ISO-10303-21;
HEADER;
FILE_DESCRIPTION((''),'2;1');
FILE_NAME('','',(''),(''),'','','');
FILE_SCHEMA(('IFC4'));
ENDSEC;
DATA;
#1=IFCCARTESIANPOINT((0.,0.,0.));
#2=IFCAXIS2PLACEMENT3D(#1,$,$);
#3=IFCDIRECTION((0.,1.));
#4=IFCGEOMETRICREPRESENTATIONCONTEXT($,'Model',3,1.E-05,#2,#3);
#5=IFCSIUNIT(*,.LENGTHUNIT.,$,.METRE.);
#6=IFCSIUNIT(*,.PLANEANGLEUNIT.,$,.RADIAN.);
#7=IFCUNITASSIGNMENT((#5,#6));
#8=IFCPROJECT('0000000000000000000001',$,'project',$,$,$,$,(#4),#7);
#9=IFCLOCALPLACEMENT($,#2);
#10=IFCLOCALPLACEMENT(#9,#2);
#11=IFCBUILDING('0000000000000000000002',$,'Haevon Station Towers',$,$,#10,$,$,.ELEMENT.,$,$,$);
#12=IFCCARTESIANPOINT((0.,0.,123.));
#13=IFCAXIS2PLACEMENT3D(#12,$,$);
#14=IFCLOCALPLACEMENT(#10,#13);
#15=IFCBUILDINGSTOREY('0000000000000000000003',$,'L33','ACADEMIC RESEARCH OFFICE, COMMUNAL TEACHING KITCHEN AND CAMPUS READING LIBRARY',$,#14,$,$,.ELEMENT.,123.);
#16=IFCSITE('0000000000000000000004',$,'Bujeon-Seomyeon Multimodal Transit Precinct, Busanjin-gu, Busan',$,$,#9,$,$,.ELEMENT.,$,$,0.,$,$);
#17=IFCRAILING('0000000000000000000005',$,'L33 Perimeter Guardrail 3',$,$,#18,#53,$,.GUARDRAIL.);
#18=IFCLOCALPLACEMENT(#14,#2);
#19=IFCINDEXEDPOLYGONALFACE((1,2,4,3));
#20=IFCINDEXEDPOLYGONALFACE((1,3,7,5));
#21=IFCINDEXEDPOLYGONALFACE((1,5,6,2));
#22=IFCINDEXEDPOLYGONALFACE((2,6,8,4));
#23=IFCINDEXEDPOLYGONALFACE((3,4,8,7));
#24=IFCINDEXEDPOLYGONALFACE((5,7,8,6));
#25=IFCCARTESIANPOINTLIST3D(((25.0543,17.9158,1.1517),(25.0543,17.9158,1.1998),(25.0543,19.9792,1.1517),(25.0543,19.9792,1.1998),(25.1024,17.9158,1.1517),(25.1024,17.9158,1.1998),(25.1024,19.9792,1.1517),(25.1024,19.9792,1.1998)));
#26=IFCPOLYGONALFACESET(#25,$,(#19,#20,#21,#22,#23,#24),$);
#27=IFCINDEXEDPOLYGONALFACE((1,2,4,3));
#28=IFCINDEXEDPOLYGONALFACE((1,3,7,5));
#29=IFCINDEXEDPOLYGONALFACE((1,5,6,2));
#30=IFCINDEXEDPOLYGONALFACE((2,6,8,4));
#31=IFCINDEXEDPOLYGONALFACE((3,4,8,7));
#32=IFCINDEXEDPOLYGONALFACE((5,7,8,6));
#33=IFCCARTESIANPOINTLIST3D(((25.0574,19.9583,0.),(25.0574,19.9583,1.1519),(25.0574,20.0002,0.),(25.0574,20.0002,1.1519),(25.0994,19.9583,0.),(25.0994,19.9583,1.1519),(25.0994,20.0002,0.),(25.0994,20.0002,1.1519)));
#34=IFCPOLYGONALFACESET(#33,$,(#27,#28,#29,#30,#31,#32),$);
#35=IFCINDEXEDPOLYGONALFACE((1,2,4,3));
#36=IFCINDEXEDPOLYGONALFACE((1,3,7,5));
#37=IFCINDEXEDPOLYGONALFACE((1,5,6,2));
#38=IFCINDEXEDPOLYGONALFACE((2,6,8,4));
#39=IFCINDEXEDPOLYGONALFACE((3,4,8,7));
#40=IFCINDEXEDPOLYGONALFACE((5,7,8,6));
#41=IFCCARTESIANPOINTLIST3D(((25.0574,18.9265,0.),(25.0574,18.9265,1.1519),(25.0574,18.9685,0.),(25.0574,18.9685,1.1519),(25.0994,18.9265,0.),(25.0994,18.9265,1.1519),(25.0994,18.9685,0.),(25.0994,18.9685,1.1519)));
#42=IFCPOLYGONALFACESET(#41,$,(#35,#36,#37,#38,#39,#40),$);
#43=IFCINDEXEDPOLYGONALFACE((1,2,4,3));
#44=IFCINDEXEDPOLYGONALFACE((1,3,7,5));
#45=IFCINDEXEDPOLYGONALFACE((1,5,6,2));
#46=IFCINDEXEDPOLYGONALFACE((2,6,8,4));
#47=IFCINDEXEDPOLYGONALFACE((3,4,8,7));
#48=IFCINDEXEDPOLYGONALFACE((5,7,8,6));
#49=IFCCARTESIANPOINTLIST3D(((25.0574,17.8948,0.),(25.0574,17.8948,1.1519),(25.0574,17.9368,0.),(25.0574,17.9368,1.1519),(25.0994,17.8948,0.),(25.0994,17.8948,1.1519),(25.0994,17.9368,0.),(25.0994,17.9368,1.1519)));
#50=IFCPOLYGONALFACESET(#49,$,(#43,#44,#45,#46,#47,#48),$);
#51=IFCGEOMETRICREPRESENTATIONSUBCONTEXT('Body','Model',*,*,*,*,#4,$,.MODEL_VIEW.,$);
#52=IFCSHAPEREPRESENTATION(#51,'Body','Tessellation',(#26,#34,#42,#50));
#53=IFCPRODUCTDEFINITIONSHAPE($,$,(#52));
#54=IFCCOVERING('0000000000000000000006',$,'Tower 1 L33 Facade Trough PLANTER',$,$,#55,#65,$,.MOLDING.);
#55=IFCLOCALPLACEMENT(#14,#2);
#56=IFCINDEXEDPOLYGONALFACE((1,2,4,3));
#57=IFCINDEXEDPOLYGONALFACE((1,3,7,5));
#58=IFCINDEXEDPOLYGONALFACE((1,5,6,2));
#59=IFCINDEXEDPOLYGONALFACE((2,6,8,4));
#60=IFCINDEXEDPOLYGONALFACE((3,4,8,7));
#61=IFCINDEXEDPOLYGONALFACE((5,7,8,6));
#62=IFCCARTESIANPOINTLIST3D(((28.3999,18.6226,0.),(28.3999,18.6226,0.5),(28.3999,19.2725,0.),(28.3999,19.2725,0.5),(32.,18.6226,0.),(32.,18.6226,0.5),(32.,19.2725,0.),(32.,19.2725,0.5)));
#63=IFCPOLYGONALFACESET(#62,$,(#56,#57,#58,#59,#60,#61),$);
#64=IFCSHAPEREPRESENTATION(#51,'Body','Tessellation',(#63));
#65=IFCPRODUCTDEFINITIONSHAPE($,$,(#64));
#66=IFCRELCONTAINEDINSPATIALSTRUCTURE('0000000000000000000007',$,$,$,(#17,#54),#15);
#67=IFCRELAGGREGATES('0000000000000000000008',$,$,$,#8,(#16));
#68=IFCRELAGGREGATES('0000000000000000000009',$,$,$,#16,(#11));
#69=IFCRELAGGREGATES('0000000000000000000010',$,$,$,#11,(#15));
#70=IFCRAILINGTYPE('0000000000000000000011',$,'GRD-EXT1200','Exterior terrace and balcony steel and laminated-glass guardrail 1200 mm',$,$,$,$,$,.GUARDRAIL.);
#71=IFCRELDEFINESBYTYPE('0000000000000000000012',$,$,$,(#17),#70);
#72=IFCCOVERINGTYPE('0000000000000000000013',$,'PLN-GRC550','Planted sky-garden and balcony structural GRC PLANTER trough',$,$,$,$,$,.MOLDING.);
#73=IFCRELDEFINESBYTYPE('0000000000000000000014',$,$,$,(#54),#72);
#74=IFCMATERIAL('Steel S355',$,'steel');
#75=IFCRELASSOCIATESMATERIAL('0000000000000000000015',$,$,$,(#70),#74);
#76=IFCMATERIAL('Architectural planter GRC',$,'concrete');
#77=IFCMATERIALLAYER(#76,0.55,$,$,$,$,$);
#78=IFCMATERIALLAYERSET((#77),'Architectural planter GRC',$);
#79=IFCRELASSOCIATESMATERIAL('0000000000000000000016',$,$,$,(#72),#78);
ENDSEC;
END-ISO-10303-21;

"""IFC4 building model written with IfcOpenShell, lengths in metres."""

from ifc_helpers import new_model, si_unit, direction, frame, origin, origin_2d, place, context, subcontext, project, spatial, rectangle, extrude, material, layer, layer_set, type_object, element, save


model = new_model("IFC4")

# Units and contexts
model_context = context("Model", 3, precision=1e-05, world=origin(), true_north=direction((0.0, 1.0)))
body_context = subcontext(model_context, "Body", "Model", "MODEL_VIEW")
ifc_project = project(units=[si_unit("LENGTHUNIT", "METRE"), si_unit("PLANEANGLEUNIT", "RADIAN")], contexts=[model_context])

# Site, building, storey
site_placement = place(None, origin())
site = spatial("IfcSite", under=ifc_project, at=site_placement, Name="Bujeon-Seomyeon Multimodal Transit Precinct, Busanjin-gu, Busan", CompositionType="ELEMENT", RefElevation=0.0)
building_placement = place(site_placement, origin())
building = spatial("IfcBuilding", under=site, at=building_placement, Name="Haevon Station Towers", CompositionType="ELEMENT")
storey_placement = place(building_placement, frame((0.0, 0.0, 123.0)))
storey = spatial("IfcBuildingStorey", under=building, at=storey_placement, Name="L33", Description="ACADEMIC RESEARCH OFFICE, COMMUNAL TEACHING KITCHEN AND CAMPUS READING LIBRARY", CompositionType="ELEMENT", Elevation=123.0)

# Shared definitions
ifc_material_1 = material(Name="Steel S355", Category="steel")

# Railing
railing_type = type_object("IfcRailingType", Name="GRD-EXT1200", Description="Exterior terrace and balcony steel and laminated-glass guardrail 1200 mm", PredefinedType="GUARDRAIL", material=ifc_material_1)
railing_1_placement = place(storey_placement, frame((25.0784, 19.9792, 0.0)))
element("IfcRailing", 1, at=railing_1_placement, inside=storey, type_object=railing_type, Name="L33 Perimeter Guardrail 3", PredefinedType="GUARDRAIL", context=body_context, shape_type="SweptSolid", body=[
    extrude(rectangle(XDim=0.0481, YDim=0.0481, at=origin_2d()), frame((0.0, 0.0, 1.1758), z_axis=(0.0, -1.0, 0.0), x_axis=(1.0, 0.0, 0.0)), (0.0, 0.0, 1.0), 2.0635),
    extrude(rectangle(XDim=0.042, YDim=0.042, at=origin_2d()), origin(), (0.0, 0.0, 1.0), 1.1519),
    extrude(rectangle(XDim=0.042, YDim=0.042, at=origin_2d()), frame((0.0, -1.0317, 0.0)), (0.0, 0.0, 1.0), 1.1519),
    extrude(rectangle(XDim=0.042, YDim=0.042, at=origin_2d()), frame((0.0, -2.0635, 0.0)), (0.0, 0.0, 1.0), 1.1519),
])

# Covering
ifc_material_2 = material(Name="Architectural planter GRC", Category="concrete")
ifc_layer_1 = layer(ifc_material_2, 0.55)
ifc_layer_set_1 = layer_set([ifc_layer_1], Name="Architectural planter GRC")
covering_type_1 = type_object("IfcCoveringType", Name="PLN-GRC550", Description="Planted sky-garden and balcony structural GRC PLANTER trough", PredefinedType="MOLDING", material=ifc_layer_set_1)
covering_1_placement = place(storey_placement, frame((30.2, 18.9475, 0.0), z_axis=(0.0, 0.0, 1.0), x_axis=(1.0, 0.0, 0.0)))
element("IfcCovering", 2, at=covering_1_placement, inside=storey, type_object=covering_type_1, Name="Tower 1 L33 Facade Trough PLANTER", PredefinedType="MOLDING", context=body_context, shape_type="SweptSolid", body=[
    extrude(rectangle(XDim=3.6001, YDim=0.6499, at=origin_2d()), origin(), (0.0, 0.0, 1.0), 0.5),
])

save(model, "model.ifc")
